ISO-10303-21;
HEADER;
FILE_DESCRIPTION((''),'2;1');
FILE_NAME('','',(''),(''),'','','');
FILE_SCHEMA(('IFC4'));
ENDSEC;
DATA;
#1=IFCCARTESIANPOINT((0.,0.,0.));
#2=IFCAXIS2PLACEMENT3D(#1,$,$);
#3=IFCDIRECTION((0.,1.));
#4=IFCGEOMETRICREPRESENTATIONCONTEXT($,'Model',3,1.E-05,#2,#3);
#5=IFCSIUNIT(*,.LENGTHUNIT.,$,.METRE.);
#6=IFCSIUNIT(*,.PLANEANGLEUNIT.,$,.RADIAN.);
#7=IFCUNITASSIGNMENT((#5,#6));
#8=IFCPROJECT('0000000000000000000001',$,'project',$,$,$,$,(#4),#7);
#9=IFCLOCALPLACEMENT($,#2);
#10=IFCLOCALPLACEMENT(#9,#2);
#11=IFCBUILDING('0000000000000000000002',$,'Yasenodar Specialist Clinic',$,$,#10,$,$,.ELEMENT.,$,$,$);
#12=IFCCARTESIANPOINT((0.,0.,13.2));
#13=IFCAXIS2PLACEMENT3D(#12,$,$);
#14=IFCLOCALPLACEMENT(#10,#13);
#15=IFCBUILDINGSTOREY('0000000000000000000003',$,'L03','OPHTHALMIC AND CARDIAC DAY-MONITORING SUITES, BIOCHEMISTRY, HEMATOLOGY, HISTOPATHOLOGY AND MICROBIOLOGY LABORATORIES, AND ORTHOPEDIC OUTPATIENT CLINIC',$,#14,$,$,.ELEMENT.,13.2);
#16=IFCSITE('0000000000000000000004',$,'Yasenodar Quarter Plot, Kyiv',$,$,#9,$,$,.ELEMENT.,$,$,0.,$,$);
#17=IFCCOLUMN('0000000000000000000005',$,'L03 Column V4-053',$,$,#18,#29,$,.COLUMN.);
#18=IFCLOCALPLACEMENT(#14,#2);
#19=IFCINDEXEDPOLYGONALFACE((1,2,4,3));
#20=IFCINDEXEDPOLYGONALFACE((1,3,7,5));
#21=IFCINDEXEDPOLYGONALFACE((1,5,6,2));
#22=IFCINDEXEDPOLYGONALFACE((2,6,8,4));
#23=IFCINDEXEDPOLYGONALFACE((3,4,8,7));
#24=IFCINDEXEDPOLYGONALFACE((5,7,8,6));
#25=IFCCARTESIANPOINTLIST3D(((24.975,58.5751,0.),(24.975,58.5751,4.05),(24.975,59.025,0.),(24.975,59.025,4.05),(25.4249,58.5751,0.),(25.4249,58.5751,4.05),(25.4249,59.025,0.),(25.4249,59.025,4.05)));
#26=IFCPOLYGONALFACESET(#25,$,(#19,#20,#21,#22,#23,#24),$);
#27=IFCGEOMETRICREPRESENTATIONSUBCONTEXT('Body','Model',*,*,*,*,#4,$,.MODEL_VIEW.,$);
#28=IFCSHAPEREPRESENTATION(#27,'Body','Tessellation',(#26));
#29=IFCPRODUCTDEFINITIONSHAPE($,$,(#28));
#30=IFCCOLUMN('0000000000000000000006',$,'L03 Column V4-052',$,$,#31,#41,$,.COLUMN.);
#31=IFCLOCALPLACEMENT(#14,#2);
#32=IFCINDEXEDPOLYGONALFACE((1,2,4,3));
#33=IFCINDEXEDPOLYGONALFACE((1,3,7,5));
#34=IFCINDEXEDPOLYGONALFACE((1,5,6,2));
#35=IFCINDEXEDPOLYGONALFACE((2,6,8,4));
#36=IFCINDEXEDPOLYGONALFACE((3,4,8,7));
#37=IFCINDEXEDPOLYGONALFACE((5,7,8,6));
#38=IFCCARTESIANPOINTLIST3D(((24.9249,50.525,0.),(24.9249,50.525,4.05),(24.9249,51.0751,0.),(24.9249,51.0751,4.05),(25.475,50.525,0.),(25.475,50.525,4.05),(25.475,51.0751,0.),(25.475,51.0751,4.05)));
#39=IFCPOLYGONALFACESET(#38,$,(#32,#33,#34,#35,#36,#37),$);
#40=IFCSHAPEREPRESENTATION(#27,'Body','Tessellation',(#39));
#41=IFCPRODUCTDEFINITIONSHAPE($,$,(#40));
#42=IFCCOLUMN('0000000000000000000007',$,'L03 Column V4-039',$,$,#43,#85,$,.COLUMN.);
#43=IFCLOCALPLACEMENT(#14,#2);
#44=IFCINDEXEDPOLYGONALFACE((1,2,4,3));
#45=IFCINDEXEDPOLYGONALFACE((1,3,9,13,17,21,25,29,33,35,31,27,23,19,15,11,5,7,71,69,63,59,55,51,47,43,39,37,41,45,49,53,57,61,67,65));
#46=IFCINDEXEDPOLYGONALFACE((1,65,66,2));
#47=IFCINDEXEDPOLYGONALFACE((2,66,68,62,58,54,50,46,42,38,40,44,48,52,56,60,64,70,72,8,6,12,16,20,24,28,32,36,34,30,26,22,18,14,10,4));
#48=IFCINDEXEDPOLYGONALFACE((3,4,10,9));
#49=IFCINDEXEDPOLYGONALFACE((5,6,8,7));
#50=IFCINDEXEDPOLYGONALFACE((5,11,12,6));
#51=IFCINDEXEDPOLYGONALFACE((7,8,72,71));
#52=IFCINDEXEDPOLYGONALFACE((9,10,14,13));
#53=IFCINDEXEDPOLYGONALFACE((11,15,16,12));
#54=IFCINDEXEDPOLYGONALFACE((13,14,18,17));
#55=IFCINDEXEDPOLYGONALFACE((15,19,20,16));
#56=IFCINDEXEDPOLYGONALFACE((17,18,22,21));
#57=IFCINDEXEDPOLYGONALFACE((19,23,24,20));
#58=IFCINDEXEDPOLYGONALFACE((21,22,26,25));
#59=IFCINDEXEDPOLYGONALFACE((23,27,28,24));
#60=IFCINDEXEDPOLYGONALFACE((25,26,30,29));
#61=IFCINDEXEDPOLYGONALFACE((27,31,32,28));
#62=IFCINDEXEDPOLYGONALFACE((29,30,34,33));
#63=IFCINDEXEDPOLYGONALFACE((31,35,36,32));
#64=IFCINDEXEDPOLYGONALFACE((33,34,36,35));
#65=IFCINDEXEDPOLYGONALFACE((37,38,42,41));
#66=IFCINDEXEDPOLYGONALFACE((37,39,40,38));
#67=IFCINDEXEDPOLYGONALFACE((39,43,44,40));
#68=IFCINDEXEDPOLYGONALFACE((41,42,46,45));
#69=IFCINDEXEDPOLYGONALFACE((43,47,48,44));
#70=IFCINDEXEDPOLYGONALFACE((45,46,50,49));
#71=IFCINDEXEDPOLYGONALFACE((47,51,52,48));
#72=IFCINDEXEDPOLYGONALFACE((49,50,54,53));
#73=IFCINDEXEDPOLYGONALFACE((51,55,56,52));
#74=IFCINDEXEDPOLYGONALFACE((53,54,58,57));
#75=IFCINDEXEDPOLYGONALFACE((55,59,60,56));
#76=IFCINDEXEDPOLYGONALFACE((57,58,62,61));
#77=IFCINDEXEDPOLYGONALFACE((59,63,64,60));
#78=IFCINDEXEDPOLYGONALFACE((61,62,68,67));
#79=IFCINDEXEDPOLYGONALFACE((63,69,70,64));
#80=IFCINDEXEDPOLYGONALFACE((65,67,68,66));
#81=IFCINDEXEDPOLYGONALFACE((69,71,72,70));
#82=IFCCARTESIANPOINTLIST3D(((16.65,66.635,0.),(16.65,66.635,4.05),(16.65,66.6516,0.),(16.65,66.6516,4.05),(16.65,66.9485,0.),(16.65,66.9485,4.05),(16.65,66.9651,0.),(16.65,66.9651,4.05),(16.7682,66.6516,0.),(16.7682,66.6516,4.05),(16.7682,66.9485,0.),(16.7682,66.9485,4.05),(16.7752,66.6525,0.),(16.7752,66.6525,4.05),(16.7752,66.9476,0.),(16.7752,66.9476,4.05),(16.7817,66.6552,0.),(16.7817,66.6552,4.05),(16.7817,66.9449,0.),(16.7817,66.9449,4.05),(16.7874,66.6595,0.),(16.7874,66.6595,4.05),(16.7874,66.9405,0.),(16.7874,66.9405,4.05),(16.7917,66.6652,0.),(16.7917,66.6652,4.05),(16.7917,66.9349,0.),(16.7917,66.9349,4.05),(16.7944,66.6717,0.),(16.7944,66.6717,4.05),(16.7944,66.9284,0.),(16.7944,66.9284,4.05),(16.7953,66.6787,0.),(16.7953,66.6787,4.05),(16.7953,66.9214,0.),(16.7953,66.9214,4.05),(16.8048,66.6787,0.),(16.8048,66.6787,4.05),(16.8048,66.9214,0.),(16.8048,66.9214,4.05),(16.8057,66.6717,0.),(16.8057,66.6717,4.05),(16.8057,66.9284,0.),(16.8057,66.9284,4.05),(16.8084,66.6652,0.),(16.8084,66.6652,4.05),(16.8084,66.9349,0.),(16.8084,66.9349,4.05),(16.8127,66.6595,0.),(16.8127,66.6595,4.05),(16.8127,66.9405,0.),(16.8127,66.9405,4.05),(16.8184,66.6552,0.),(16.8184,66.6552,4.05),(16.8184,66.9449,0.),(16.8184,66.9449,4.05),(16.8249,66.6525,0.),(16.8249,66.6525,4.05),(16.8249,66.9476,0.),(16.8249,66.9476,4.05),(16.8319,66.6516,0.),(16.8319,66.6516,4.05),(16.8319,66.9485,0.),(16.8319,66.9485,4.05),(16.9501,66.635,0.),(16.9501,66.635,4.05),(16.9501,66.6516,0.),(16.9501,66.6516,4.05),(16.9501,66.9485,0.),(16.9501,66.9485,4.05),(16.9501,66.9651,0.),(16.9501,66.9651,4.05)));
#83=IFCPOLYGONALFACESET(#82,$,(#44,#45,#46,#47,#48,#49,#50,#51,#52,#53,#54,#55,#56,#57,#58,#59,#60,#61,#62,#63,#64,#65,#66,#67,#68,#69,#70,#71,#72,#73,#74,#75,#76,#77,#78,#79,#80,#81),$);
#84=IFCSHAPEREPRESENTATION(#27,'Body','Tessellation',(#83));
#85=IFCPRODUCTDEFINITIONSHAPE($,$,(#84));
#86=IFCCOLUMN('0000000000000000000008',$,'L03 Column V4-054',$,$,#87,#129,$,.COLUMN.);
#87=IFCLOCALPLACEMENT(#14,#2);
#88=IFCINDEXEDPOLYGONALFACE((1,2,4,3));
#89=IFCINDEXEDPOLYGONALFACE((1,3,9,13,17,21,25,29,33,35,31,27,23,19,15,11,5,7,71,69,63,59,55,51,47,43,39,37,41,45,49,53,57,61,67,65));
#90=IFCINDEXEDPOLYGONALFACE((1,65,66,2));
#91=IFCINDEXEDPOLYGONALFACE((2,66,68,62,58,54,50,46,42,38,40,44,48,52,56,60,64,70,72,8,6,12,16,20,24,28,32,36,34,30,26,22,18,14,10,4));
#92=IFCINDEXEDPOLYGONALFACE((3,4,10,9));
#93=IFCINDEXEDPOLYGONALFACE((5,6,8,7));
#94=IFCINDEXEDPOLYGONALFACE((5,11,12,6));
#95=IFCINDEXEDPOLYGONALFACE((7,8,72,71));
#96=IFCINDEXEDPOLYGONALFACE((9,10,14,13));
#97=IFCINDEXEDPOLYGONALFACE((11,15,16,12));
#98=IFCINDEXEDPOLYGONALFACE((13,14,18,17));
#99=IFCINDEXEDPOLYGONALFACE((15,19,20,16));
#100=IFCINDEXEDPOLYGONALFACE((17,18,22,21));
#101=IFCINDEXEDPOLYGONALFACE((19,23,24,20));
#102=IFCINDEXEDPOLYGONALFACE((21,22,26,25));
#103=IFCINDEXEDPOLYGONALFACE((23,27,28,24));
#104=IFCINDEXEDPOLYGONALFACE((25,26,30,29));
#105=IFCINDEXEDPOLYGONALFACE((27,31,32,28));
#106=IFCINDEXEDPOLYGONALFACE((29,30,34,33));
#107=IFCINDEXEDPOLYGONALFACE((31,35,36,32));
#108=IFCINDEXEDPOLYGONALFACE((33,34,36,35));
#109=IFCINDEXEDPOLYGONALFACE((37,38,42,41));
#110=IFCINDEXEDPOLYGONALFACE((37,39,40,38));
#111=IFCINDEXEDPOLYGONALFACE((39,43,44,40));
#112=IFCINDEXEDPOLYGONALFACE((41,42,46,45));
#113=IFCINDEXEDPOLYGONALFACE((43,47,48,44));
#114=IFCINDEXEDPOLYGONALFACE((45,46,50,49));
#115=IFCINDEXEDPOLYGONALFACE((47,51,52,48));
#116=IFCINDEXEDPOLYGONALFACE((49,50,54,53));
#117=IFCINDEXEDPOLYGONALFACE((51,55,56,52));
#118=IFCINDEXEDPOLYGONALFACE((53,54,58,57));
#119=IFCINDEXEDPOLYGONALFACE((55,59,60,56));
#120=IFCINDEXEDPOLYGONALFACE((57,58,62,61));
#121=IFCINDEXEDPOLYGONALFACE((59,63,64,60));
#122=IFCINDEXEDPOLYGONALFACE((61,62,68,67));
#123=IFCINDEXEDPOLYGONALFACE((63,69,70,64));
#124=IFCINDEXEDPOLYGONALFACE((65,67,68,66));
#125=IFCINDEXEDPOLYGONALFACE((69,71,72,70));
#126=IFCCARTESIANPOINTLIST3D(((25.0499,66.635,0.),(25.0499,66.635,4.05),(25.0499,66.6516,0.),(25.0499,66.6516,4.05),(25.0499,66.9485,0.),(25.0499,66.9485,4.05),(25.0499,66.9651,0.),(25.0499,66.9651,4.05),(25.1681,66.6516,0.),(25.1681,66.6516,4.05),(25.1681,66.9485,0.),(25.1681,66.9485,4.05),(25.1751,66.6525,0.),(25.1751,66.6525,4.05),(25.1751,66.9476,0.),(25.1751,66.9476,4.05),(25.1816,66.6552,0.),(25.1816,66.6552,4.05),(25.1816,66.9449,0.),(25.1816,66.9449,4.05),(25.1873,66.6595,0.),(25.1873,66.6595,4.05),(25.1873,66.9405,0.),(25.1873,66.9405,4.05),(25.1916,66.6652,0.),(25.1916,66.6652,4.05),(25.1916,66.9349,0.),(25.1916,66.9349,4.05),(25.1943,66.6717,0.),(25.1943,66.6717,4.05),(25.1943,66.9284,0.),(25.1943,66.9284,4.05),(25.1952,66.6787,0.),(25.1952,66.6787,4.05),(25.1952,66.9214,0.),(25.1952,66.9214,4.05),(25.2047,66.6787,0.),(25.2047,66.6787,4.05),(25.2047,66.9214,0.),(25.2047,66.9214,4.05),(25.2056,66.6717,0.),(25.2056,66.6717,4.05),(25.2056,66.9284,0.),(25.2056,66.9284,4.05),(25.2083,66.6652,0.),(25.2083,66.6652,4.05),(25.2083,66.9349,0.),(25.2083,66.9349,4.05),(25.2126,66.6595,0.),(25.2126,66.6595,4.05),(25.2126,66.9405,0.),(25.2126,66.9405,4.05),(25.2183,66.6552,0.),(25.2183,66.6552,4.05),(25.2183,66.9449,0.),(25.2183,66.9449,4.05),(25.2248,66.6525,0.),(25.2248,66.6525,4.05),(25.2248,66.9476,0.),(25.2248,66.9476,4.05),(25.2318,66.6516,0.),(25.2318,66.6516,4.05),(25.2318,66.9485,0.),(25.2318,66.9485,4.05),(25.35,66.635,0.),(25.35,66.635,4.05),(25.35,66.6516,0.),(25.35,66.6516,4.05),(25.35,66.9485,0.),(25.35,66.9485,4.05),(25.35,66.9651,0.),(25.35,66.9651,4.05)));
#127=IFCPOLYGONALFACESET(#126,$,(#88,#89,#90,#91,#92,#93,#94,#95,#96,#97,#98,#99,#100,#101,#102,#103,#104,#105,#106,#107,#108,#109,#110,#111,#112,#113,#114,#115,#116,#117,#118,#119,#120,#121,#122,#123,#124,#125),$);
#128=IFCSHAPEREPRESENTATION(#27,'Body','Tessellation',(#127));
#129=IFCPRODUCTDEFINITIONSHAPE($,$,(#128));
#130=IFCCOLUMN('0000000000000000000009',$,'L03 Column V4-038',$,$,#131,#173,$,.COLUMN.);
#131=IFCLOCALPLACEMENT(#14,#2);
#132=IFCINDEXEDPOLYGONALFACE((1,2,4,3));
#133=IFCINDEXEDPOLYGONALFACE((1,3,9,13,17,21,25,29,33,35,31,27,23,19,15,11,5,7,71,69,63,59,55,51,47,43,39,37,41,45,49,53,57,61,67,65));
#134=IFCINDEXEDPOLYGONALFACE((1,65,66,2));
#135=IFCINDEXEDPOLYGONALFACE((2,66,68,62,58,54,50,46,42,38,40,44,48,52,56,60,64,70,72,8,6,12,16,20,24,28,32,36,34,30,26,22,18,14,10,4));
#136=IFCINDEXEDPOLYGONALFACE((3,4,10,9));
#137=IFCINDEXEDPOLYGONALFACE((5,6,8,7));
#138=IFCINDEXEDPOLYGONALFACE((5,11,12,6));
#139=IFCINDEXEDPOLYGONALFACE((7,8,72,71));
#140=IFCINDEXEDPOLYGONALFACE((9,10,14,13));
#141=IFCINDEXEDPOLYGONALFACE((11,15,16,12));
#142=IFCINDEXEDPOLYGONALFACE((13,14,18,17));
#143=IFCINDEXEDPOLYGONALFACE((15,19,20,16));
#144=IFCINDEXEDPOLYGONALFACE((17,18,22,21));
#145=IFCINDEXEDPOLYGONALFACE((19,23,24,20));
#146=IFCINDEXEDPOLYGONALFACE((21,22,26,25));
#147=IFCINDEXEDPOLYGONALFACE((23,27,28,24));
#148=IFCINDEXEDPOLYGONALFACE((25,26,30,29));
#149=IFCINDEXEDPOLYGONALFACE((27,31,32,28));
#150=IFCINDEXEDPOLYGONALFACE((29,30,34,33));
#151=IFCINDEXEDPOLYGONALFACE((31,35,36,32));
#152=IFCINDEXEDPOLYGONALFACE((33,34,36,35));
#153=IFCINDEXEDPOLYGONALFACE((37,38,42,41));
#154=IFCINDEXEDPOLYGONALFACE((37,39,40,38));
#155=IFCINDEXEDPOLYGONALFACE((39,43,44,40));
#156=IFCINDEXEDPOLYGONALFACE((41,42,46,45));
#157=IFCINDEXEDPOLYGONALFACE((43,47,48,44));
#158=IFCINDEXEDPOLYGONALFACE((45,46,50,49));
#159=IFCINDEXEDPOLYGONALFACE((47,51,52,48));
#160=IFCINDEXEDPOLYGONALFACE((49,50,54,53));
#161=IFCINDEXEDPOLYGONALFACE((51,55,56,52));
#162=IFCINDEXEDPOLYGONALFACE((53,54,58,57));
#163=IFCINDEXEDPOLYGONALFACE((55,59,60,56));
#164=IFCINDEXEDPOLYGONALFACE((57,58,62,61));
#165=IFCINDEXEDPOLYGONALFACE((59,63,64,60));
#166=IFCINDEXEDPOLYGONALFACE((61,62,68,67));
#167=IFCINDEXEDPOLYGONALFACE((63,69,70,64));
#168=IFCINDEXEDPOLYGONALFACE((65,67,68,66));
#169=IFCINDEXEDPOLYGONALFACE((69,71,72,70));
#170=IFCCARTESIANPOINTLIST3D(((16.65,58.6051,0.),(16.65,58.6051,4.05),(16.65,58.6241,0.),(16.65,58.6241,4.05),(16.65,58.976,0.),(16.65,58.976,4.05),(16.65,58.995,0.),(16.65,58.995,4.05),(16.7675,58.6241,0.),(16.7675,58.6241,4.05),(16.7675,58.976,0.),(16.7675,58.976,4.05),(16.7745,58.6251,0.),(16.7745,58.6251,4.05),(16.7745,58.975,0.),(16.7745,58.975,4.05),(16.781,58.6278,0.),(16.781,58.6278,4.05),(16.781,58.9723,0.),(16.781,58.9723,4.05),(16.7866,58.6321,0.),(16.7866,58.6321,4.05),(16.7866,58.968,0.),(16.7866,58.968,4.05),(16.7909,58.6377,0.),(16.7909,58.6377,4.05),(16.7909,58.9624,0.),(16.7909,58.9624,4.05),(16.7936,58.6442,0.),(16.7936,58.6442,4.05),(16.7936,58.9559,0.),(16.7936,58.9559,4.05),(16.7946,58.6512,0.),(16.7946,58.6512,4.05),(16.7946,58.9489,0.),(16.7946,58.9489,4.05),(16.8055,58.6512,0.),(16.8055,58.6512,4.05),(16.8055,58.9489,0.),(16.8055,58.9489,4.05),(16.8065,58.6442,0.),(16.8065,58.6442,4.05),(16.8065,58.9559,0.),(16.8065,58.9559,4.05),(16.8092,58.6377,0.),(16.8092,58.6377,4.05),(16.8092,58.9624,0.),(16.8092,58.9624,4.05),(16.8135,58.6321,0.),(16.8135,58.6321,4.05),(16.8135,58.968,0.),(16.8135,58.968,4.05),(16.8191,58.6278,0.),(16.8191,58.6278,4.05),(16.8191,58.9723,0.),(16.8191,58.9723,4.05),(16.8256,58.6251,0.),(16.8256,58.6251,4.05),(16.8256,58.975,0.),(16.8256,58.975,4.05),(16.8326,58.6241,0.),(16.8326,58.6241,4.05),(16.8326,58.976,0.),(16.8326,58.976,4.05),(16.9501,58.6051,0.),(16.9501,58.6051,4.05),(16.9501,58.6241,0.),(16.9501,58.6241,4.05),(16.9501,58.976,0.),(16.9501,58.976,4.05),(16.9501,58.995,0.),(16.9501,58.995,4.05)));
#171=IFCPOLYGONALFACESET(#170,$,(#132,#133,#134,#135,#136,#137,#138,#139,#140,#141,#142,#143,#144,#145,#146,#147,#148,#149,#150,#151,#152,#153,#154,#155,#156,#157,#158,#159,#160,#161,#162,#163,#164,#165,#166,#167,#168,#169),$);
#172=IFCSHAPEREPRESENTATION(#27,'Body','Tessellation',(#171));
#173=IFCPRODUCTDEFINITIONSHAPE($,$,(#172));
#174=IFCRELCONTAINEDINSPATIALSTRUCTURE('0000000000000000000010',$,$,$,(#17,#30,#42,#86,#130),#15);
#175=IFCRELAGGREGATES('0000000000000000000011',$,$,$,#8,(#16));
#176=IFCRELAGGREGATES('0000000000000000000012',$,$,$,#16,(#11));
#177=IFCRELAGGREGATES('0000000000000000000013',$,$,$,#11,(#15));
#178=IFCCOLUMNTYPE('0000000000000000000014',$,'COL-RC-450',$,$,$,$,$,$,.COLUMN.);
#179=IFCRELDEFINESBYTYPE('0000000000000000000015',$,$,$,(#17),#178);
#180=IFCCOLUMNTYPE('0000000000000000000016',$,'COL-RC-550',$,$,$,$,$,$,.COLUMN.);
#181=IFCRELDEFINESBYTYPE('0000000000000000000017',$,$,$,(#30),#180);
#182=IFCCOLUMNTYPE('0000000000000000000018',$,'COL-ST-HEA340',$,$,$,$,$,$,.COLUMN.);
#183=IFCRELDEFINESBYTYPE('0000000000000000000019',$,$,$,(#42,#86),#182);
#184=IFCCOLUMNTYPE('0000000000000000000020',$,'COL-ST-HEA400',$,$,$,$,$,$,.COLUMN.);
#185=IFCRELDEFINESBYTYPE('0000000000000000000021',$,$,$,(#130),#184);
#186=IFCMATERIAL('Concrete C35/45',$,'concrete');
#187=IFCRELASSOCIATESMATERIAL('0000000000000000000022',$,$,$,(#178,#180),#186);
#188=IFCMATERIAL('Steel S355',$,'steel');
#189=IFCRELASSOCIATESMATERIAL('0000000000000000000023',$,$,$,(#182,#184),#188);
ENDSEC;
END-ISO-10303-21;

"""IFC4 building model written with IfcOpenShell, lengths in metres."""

from ifc_helpers import new_model, si_unit, direction, frame, origin, origin_2d, place, context, subcontext, project, spatial, rectangle, i_section, extrude, material, material_profile, profile_set, type_object, element, save


model = new_model("IFC4")

# Units and contexts
model_context = context("Model", 3, precision=1e-05, world=origin(), true_north=direction((0.0, 1.0)))
body_context = subcontext(model_context, "Body", "Model", "MODEL_VIEW")
ifc_project = project(units=[si_unit("LENGTHUNIT", "METRE"), si_unit("PLANEANGLEUNIT", "RADIAN")], contexts=[model_context])

# Site, building, storey
site_placement = place(None, origin())
site = spatial("IfcSite", under=ifc_project, at=site_placement, Name="Yasenodar Quarter Plot, Kyiv", CompositionType="ELEMENT", RefElevation=0.0)
building_placement = place(site_placement, origin())
building = spatial("IfcBuilding", under=site, at=building_placement, Name="Yasenodar Specialist Clinic", CompositionType="ELEMENT")
storey_placement = place(building_placement, frame((0.0, 0.0, 13.2)))
storey = spatial("IfcBuildingStorey", under=building, at=storey_placement, Name="L03", Description="OPHTHALMIC AND CARDIAC DAY-MONITORING SUITES, BIOCHEMISTRY, HEMATOLOGY, HISTOPATHOLOGY AND MICROBIOLOGY LABORATORIES, AND ORTHOPEDIC OUTPATIENT CLINIC", CompositionType="ELEMENT", Elevation=13.2)

# Columns
ifc_material_1 = material(Name="Concrete C35/45", Category="concrete")
ifc_material_profile_1 = material_profile(ifc_material_1, rectangle(XDim=0.45, YDim=0.45, at=origin_2d()), Name="RC 450x450")
ifc_profile_set_1 = profile_set([ifc_material_profile_1], Name="Concrete C35/45")
column_type_1 = type_object("IfcColumnType", Name="COL-RC-450", PredefinedType="COLUMN", material=ifc_profile_set_1)
column_1_placement = place(storey_placement, frame((25.2, 58.8, 0.0), z_axis=(0.0, 0.0, 1.0), x_axis=(1.0, 0.0, 0.0)))
element("IfcColumn", 1, at=column_1_placement, inside=storey, type_object=column_type_1, Name="L03 Column V4-053", PredefinedType="COLUMN", context=body_context, shape_type="SweptSolid", body=[
    extrude(rectangle(XDim=0.45, YDim=0.45, at=origin_2d()), origin(), (0.0, 0.0, 1.0), 4.05),
])
ifc_material_profile_2 = material_profile(ifc_material_1, rectangle(XDim=0.55, YDim=0.55, at=origin_2d()), Name="RC 550x550")
ifc_profile_set_2 = profile_set([ifc_material_profile_2], Name="Concrete C35/45")
column_type_2 = type_object("IfcColumnType", Name="COL-RC-550", PredefinedType="COLUMN", material=ifc_profile_set_2)
column_2_placement = place(storey_placement, frame((25.2, 50.8, 0.0), z_axis=(0.0, 0.0, 1.0), x_axis=(1.0, 0.0, 0.0)))
element("IfcColumn", 2, at=column_2_placement, inside=storey, type_object=column_type_2, Name="L03 Column V4-052", PredefinedType="COLUMN", context=body_context, shape_type="SweptSolid", body=[
    extrude(rectangle(XDim=0.55, YDim=0.55, at=origin_2d()), origin(), (0.0, 0.0, 1.0), 4.05),
])
ifc_material_2 = material(Name="Steel S355", Category="steel")
ifc_material_profile_3 = material_profile(ifc_material_2, i_section(OverallWidth=0.3, OverallDepth=0.3301, WebThickness=0.0095, FlangeThickness=0.0166, FilletRadius=0.0271, at=origin_2d()), Name="HEA 340")
ifc_profile_set_3 = profile_set([ifc_material_profile_3], Name="Steel S355")
column_type_3 = type_object("IfcColumnType", Name="COL-ST-HEA340", PredefinedType="COLUMN", material=ifc_profile_set_3)
for number, where, z_axis, x_axis, name in (
    (3, (16.8, 66.8, 0.0), (0.0, 0.0, 1.0), (1.0, 0.0, 0.0), "L03 Column V4-039"),
    (4, (25.2, 66.8, 0.0), (0.0, 0.0, 1.0), (1.0, 0.0, 0.0), "L03 Column V4-054"),
):
    element("IfcColumn", number, at=place(storey_placement, frame(where, z_axis=z_axis, x_axis=x_axis)), inside=storey, type_object=column_type_3, Name=name, PredefinedType="COLUMN", context=body_context, shape_type="SweptSolid", body=[
        extrude(i_section(OverallWidth=0.3, OverallDepth=0.3301, WebThickness=0.0095, FlangeThickness=0.0166, FilletRadius=0.0271, at=origin_2d()), origin(), (0.0, 0.0, 1.0), 4.05),
    ])
ifc_material_profile_4 = material_profile(ifc_material_2, i_section(OverallWidth=0.3, OverallDepth=0.3899, WebThickness=0.011, FlangeThickness=0.019, FilletRadius=0.0271, at=origin_2d()), Name="HEA 400")
ifc_profile_set_4 = profile_set([ifc_material_profile_4], Name="Steel S355")
column_type_4 = type_object("IfcColumnType", Name="COL-ST-HEA400", PredefinedType="COLUMN", material=ifc_profile_set_4)
column_3_placement = place(storey_placement, frame((16.8, 58.8, 0.0), z_axis=(0.0, 0.0, 1.0), x_axis=(1.0, 0.0, 0.0)))
element("IfcColumn", 5, at=column_3_placement, inside=storey, type_object=column_type_4, Name="L03 Column V4-038", PredefinedType="COLUMN", context=body_context, shape_type="SweptSolid", body=[
    extrude(i_section(OverallWidth=0.3, OverallDepth=0.3899, WebThickness=0.011, FlangeThickness=0.019, FilletRadius=0.0271, at=origin_2d()), origin(), (0.0, 0.0, 1.0), 4.05),
])

save(model, "model.ifc")
